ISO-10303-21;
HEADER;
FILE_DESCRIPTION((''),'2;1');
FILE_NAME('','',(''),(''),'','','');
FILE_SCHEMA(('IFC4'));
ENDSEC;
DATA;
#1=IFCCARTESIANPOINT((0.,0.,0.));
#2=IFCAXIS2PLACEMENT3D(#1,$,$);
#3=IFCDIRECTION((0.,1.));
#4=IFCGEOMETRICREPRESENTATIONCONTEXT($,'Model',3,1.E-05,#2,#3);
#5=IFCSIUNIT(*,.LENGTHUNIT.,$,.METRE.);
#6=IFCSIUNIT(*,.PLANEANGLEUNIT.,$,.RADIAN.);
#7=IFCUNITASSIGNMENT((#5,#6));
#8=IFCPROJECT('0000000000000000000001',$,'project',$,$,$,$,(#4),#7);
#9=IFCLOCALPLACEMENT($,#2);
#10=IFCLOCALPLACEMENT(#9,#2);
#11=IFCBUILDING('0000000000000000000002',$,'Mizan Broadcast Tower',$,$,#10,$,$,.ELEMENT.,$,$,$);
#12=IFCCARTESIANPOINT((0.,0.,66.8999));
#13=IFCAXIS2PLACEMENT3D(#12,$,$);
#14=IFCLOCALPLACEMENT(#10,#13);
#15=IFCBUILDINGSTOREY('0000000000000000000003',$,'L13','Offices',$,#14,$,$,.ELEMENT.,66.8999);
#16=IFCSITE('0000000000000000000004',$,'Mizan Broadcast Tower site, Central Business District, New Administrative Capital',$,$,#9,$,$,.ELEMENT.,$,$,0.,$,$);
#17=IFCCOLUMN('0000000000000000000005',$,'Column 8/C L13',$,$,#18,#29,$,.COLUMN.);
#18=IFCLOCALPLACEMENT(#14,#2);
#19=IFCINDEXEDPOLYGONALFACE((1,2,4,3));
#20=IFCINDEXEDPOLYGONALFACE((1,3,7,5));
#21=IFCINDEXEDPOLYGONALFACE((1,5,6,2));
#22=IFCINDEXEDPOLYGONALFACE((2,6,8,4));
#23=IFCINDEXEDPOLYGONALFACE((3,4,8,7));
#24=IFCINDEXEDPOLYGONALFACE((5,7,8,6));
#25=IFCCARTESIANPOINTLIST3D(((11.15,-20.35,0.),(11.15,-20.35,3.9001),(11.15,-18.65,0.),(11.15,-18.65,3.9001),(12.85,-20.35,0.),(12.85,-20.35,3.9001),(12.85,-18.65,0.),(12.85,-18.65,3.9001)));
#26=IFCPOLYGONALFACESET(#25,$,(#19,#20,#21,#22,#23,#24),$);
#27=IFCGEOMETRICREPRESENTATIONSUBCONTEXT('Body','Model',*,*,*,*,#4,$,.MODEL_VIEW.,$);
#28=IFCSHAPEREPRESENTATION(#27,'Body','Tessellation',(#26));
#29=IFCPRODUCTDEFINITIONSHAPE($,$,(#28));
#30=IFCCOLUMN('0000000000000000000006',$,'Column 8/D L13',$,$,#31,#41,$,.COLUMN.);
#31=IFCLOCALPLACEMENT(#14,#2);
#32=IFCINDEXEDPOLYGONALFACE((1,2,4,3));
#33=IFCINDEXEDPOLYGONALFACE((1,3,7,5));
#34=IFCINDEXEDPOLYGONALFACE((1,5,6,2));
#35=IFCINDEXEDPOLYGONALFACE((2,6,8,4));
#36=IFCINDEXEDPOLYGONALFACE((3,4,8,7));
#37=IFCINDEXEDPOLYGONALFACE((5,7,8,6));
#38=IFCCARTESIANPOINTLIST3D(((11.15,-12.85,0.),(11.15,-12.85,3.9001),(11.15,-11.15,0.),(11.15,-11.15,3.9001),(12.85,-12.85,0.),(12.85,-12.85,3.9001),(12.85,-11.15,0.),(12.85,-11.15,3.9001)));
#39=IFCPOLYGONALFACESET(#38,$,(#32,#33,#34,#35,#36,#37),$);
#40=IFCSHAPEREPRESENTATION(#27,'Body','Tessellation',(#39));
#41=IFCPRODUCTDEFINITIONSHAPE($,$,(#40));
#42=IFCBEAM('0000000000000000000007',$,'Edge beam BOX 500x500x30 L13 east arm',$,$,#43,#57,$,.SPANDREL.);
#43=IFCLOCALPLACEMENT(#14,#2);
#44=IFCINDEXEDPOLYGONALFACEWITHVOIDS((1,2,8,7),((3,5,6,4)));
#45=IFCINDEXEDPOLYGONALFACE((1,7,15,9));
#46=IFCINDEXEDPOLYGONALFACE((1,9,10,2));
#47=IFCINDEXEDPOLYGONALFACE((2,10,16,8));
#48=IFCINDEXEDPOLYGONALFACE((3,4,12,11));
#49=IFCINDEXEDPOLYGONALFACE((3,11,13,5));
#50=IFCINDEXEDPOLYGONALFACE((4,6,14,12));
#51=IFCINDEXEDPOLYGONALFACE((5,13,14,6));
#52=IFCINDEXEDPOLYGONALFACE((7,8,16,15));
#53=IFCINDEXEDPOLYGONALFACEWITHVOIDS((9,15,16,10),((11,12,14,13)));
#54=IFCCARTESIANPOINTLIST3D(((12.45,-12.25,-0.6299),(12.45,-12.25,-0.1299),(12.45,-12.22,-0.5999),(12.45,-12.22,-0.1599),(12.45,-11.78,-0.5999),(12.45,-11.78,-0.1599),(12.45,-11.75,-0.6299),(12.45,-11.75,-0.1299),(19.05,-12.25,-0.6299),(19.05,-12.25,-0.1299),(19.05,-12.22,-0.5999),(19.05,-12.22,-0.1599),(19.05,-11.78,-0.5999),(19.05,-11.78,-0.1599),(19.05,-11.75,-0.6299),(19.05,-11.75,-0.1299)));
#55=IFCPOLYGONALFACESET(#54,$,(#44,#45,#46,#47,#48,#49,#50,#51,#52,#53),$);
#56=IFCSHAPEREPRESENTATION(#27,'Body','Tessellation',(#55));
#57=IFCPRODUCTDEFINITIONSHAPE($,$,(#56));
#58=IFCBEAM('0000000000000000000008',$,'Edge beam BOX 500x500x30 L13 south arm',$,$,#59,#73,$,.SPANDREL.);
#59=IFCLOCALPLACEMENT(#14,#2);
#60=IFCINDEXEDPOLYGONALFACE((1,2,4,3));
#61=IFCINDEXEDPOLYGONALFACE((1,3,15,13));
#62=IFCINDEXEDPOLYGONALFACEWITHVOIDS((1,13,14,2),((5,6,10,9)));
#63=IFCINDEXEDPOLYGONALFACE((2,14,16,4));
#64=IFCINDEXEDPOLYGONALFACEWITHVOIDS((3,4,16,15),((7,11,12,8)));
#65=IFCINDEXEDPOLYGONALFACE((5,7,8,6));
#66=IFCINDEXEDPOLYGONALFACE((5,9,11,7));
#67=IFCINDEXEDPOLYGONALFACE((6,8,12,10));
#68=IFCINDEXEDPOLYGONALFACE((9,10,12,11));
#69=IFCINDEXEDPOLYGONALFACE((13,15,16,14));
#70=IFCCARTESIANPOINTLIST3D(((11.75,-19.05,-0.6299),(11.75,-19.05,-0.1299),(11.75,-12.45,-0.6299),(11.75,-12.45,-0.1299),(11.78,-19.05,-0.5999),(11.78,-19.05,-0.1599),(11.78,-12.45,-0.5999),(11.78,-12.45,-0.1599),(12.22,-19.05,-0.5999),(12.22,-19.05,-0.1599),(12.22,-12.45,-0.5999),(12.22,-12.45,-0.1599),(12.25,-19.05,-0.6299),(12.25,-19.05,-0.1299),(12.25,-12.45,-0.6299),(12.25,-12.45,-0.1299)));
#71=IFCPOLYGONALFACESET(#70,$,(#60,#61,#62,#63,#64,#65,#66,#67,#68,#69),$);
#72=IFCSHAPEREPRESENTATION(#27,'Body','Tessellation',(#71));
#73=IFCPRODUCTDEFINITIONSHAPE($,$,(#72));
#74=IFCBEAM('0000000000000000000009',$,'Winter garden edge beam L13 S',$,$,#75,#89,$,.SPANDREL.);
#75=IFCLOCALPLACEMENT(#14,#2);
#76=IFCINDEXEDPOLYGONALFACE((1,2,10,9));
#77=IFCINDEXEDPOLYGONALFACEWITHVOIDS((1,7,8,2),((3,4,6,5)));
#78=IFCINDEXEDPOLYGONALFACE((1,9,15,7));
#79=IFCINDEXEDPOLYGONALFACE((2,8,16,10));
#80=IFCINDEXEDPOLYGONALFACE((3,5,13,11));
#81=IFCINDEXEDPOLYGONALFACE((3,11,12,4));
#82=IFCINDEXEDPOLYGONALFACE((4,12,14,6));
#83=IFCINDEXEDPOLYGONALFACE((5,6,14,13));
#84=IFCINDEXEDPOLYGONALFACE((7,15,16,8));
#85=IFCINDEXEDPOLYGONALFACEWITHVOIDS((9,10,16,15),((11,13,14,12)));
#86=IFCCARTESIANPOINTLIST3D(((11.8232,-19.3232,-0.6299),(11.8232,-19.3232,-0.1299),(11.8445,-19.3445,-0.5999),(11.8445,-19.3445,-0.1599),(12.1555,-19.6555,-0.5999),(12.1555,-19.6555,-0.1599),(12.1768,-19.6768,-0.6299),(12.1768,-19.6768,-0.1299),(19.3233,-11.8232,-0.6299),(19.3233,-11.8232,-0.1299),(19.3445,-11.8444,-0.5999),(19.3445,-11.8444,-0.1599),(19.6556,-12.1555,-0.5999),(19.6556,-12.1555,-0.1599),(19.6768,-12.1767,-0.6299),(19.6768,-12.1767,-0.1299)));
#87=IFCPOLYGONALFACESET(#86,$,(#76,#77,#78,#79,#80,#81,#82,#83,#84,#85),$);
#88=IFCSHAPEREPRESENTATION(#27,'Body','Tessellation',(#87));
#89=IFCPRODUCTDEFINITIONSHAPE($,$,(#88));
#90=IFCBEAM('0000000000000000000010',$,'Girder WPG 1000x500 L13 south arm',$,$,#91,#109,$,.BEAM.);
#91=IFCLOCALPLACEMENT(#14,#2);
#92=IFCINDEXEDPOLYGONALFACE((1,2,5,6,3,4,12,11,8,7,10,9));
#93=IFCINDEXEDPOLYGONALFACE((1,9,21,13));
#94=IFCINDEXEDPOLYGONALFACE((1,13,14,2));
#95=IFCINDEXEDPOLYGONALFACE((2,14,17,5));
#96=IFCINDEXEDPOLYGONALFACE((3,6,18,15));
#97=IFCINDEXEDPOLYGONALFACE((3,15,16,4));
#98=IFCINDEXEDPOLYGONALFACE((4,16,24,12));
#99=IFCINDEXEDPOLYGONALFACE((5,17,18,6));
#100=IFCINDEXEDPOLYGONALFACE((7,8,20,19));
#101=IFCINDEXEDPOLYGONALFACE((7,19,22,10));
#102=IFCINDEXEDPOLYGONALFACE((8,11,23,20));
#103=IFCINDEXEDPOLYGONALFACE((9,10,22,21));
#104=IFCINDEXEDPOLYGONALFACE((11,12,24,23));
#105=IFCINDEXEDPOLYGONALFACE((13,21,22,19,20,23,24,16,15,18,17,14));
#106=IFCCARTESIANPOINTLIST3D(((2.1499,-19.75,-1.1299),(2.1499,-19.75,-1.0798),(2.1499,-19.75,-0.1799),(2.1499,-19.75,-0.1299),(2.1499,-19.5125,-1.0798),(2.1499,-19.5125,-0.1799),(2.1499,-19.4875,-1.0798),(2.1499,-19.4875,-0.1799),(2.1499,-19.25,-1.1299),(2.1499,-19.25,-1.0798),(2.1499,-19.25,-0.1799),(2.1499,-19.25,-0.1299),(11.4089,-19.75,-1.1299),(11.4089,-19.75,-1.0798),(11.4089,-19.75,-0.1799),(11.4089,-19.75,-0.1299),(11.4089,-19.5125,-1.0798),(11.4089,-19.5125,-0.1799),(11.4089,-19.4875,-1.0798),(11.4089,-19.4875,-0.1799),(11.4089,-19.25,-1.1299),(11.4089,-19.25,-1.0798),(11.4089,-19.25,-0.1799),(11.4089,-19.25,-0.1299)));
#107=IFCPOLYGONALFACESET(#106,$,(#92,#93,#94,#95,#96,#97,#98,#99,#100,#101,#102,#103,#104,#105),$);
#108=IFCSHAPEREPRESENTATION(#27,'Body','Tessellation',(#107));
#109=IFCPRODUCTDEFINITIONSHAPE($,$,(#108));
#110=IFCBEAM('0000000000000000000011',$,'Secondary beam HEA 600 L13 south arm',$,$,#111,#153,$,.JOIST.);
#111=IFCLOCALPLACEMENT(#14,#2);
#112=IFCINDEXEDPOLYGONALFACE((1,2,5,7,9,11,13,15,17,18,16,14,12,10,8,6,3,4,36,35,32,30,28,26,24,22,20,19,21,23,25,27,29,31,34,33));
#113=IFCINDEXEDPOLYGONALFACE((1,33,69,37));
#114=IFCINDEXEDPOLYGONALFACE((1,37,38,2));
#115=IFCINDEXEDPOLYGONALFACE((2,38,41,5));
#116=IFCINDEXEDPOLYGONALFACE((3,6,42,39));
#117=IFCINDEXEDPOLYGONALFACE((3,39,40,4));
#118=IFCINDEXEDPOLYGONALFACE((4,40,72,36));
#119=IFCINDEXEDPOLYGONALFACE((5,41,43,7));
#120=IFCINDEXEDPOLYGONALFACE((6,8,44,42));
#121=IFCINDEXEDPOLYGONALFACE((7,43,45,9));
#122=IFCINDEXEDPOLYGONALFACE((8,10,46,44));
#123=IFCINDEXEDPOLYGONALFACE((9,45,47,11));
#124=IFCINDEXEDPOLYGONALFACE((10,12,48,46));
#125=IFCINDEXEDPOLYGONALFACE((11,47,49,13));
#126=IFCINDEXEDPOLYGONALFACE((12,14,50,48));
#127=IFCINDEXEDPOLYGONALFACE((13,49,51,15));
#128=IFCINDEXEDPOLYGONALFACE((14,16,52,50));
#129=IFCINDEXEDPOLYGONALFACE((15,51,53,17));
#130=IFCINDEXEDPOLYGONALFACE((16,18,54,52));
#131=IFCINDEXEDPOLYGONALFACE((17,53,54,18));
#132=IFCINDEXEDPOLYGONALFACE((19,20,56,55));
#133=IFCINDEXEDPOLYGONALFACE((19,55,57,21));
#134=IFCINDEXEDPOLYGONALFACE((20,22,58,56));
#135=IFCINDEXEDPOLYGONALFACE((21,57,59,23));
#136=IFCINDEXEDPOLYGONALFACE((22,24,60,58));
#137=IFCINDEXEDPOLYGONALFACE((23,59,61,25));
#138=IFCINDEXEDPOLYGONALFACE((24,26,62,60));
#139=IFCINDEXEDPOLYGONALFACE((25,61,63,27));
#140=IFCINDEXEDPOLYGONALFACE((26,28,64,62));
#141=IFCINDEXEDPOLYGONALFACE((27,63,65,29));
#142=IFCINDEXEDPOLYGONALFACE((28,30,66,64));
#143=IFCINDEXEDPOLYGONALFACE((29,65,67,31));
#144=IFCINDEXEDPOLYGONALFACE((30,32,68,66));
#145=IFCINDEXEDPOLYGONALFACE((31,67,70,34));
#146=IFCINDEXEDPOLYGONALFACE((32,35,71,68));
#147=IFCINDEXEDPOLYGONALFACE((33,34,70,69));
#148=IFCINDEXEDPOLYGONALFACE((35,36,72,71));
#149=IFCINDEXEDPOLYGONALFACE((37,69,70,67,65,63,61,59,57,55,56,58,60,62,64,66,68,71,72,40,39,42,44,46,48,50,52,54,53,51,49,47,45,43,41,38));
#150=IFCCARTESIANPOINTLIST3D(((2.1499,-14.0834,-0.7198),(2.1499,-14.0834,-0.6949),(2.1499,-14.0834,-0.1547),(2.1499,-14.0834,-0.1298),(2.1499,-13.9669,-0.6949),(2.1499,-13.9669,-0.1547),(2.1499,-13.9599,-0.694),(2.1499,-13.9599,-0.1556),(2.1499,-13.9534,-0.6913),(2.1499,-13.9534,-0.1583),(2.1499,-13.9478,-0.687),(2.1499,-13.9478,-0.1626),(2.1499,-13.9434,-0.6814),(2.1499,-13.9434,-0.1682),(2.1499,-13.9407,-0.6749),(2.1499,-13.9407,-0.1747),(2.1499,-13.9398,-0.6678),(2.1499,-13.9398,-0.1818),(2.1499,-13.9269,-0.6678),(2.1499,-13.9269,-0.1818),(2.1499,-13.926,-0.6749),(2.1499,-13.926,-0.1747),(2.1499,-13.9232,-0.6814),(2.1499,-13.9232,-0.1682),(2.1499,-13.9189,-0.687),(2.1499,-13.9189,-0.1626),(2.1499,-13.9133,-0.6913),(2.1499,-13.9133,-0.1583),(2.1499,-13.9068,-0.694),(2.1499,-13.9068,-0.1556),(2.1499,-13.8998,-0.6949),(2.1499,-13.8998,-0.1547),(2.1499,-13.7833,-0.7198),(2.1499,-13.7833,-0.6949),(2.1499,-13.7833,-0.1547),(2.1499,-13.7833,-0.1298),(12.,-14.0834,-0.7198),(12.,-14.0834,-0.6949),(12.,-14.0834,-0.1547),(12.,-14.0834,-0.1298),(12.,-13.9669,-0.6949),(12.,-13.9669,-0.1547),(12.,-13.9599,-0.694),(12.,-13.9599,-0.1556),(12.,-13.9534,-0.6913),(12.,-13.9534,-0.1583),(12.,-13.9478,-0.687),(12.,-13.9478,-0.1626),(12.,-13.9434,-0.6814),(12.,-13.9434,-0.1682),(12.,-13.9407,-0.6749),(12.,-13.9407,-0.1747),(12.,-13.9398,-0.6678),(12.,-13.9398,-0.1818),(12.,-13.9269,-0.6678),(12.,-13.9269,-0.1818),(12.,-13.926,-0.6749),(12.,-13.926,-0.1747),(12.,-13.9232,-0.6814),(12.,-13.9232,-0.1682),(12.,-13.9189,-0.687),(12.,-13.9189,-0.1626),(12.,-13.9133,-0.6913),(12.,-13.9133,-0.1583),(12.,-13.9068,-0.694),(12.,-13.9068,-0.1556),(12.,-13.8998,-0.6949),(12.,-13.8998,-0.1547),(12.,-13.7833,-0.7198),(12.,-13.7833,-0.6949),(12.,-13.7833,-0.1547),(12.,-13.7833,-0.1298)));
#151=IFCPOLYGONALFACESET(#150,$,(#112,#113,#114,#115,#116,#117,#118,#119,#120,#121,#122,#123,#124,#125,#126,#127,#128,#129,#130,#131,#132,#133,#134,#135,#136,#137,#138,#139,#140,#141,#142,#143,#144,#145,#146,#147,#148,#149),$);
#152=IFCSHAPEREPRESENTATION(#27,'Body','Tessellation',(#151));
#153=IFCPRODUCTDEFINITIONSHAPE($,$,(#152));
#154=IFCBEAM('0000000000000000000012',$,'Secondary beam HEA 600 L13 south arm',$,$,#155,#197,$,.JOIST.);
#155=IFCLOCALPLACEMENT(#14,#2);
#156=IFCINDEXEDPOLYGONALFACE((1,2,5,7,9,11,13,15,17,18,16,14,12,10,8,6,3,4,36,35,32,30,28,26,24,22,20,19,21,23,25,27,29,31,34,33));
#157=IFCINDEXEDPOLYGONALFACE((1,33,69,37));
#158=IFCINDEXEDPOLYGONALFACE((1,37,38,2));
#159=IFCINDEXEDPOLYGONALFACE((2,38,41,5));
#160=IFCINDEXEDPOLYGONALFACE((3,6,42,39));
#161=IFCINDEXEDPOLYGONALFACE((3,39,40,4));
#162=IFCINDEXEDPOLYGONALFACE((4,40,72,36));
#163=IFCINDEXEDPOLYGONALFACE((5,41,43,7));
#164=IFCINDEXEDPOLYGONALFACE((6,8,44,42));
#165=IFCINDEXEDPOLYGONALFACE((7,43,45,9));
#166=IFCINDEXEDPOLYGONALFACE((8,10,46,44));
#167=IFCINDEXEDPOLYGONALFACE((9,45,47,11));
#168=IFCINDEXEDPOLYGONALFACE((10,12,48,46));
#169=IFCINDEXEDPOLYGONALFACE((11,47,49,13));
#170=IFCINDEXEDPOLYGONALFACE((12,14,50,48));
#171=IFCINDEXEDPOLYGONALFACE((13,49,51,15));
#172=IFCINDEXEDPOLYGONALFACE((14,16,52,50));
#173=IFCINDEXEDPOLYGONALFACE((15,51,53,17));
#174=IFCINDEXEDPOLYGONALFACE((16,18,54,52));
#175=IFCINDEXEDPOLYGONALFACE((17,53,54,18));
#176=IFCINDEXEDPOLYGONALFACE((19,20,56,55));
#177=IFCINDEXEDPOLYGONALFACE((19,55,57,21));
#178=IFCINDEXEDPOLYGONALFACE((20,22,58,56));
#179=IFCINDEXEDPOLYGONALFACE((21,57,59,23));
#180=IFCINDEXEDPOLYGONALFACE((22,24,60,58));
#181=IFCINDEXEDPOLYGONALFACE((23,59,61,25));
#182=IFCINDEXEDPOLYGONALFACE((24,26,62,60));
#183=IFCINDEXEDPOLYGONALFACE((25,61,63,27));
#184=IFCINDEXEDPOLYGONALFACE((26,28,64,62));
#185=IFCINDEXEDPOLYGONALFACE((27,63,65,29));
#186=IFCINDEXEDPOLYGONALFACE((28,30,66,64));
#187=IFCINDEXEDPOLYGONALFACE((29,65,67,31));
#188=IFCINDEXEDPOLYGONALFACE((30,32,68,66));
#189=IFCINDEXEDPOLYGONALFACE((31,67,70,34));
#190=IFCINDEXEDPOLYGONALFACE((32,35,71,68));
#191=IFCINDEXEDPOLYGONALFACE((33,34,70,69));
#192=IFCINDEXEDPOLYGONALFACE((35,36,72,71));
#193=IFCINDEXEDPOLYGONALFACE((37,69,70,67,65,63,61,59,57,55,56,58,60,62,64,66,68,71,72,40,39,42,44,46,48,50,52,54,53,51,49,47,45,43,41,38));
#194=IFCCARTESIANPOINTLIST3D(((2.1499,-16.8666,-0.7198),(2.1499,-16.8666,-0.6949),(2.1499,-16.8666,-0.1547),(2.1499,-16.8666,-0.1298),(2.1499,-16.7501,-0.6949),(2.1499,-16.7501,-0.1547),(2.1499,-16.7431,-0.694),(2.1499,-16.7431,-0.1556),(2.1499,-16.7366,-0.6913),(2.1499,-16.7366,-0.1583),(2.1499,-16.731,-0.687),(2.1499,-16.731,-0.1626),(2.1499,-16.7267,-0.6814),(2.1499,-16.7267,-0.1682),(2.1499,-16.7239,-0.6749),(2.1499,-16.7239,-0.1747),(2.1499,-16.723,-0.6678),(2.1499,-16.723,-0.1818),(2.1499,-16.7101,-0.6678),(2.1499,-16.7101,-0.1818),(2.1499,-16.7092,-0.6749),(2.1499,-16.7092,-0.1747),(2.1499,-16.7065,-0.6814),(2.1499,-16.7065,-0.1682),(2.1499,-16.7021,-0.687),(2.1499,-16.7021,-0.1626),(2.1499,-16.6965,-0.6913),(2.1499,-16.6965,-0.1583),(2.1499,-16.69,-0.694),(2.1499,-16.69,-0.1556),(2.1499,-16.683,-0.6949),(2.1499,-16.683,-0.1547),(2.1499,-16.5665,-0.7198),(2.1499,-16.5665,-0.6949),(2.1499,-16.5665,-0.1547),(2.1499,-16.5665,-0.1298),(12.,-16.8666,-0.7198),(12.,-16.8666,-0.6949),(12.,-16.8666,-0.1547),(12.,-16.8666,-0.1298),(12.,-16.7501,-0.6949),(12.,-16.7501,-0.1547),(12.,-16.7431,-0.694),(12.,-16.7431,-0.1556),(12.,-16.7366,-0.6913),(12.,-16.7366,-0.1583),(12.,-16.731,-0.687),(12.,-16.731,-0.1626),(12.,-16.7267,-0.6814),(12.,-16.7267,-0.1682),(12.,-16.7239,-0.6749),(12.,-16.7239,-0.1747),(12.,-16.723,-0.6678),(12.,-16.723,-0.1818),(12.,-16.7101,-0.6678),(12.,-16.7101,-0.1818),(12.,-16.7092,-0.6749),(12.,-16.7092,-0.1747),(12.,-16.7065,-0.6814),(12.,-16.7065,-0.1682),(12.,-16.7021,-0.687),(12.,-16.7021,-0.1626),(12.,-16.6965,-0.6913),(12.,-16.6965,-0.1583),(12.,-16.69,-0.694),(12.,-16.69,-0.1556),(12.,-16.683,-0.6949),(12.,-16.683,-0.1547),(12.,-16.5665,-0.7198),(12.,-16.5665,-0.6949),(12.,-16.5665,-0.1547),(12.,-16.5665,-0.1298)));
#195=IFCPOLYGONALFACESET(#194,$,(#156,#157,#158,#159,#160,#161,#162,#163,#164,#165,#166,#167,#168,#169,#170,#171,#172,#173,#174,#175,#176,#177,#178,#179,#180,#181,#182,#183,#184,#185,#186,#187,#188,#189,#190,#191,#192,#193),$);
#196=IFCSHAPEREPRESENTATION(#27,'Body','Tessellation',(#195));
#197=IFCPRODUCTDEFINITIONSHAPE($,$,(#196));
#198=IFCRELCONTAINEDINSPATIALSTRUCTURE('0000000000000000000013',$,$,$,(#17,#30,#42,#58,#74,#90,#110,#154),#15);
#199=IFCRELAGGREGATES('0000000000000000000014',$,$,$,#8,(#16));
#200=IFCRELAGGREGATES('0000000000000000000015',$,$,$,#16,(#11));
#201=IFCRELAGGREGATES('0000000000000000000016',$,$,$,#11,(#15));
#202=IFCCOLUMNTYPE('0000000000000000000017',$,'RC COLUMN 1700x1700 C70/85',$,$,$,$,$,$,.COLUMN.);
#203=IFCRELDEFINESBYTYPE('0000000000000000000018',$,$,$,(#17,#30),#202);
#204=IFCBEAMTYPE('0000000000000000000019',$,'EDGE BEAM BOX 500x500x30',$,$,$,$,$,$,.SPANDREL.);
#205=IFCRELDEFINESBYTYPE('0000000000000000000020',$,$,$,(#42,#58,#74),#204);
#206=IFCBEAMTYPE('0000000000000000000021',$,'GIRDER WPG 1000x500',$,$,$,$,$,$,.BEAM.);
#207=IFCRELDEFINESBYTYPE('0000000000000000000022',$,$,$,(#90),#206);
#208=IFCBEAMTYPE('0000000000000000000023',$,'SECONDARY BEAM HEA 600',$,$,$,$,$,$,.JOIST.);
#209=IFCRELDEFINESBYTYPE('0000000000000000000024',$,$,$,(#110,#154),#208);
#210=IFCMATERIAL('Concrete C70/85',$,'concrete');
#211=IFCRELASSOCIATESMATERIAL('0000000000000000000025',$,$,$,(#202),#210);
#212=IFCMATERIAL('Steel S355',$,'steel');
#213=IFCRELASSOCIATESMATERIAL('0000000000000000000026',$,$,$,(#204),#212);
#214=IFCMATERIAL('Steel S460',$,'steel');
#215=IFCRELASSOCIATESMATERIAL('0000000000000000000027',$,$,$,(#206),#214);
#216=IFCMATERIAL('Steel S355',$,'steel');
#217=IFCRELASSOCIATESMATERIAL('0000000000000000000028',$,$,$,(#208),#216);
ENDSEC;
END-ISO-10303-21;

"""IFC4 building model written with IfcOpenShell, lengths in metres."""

from ifc_helpers import new_model, si_unit, direction, frame, origin, origin_2d, place, context, subcontext, project, spatial, rectangle, hollow_rectangle, i_section, extrude, material, material_profile, profile_set, type_object, element, save


model = new_model("IFC4")

# Units and contexts
model_context = context("Model", 3, precision=1e-05, world=origin(), true_north=direction((0.0, 1.0)))
body_context = subcontext(model_context, "Body", "Model", "MODEL_VIEW")
ifc_project = project(units=[si_unit("LENGTHUNIT", "METRE"), si_unit("PLANEANGLEUNIT", "RADIAN")], contexts=[model_context])

# Site, building, storey
site_placement = place(None, origin())
site = spatial("IfcSite", under=ifc_project, at=site_placement, Name="Mizan Broadcast Tower site, Central Business District, New Administrative Capital", CompositionType="ELEMENT", RefElevation=0.0)
building_placement = place(site_placement, origin())
building = spatial("IfcBuilding", under=site, at=building_placement, Name="Mizan Broadcast Tower", CompositionType="ELEMENT")
storey_placement = place(building_placement, frame((0.0, 0.0, 66.8999)))
storey = spatial("IfcBuildingStorey", under=building, at=storey_placement, Name="L13", Description="Offices", CompositionType="ELEMENT", Elevation=66.8999)

# Columns
ifc_material_1 = material(Name="Concrete C70/85", Category="concrete")
ifc_material_profile_1 = material_profile(ifc_material_1, rectangle(XDim=1.7, YDim=1.7, at=origin_2d()), Name="RC 1700x1700")
ifc_profile_set_1 = profile_set([ifc_material_profile_1], Name="Concrete C70/85")
column_type = type_object("IfcColumnType", Name="RC COLUMN 1700x1700 C70/85", PredefinedType="COLUMN", material=ifc_profile_set_1)
for number, where, z_axis, x_axis, name in (
    (1, (12.0, -19.5, 0.0), (0.0, 0.0, 1.0), (1.0, 0.0, 0.0), "Column 8/C L13"),
    (2, (12.0, -12.0, 0.0), (0.0, 0.0, 1.0), (1.0, 0.0, 0.0), "Column 8/D L13"),
):
    element("IfcColumn", number, at=place(storey_placement, frame(where, z_axis=z_axis, x_axis=x_axis)), inside=storey, type_object=column_type, Name=name, PredefinedType="COLUMN", context=body_context, shape_type="SweptSolid", body=[
        extrude(rectangle(XDim=1.7, YDim=1.7, at=origin_2d()), origin(), (0.0, 0.0, 1.0), 3.9001),
    ])

# Beams
ifc_material_2 = material(Name="Steel S355", Category="steel")
ifc_material_profile_2 = material_profile(ifc_material_2, hollow_rectangle(XDim=0.5, YDim=0.5, WallThickness=0.03, at=origin_2d()), Name="BOX 500x500x30")
ifc_profile_set_2 = profile_set([ifc_material_profile_2], Name="Steel S355")
beam_type_1 = type_object("IfcBeamType", Name="EDGE BEAM BOX 500x500x30", PredefinedType="SPANDREL", material=ifc_profile_set_2)
for number, where, z_axis, x_axis, name in (
    (3, (12.45, -12.0, -0.3799), (1.0, 0.0, 0.0), (0.0, 1.0, 0.0), "Edge beam BOX 500x500x30 L13 east arm"),
    (4, (12.0, -12.45, -0.3799), (0.0, -1.0, 0.0), (1.0, 0.0, 0.0), "Edge beam BOX 500x500x30 L13 south arm"),
):
    element("IfcBeam", number, at=place(storey_placement, frame(where, z_axis=z_axis, x_axis=x_axis)), inside=storey, type_object=beam_type_1, Name=name, PredefinedType="SPANDREL", context=body_context, shape_type="SweptSolid", body=[
        extrude(hollow_rectangle(XDim=0.5, YDim=0.5, WallThickness=0.03, at=origin_2d()), origin(), (0.0, 0.0, 1.0), 6.6001),
    ])
beam_1_placement = place(storey_placement, frame((12.0, -19.5, -0.3799), z_axis=(0.707107, 0.707107, 0.0), x_axis=(-0.707107, 0.707107, 0.0)))
element("IfcBeam", 5, at=beam_1_placement, inside=storey, type_object=beam_type_1, Name="Winter garden edge beam L13 S", PredefinedType="SPANDREL", context=body_context, shape_type="SweptSolid", body=[
    extrude(hollow_rectangle(XDim=0.5, YDim=0.5, WallThickness=0.03, at=origin_2d()), origin(), (0.0, 0.0, 1.0), 10.6067),
])
ifc_material_3 = material(Name="Steel S460", Category="steel")
ifc_material_profile_3 = material_profile(ifc_material_3, i_section(OverallWidth=0.5, OverallDepth=1.0, WebThickness=0.0249, FlangeThickness=0.05, at=origin_2d()), Name="WPG 1000x500")
ifc_profile_set_3 = profile_set([ifc_material_profile_3], Name="Steel S460")
beam_type_2 = type_object("IfcBeamType", Name="GIRDER WPG 1000x500", PredefinedType="BEAM", material=ifc_profile_set_3)
beam_2_placement = place(storey_placement, frame((11.4089, -19.5, -0.6299), z_axis=(-1.0, 0.0, 0.0), x_axis=(0.0, -1.0, 0.0)))
element("IfcBeam", 6, at=beam_2_placement, inside=storey, type_object=beam_type_2, Name="Girder WPG 1000x500 L13 south arm", PredefinedType="BEAM", context=body_context, shape_type="SweptSolid", body=[
    extrude(i_section(OverallWidth=0.5, OverallDepth=1.0, WebThickness=0.0249, FlangeThickness=0.05, at=origin_2d()), origin(), (0.0, 0.0, 1.0), 9.259),
])
ifc_material_4 = material(Name="Steel S355", Category="steel")
ifc_material_profile_4 = material_profile(ifc_material_4, i_section(OverallWidth=0.3, OverallDepth=0.5901, WebThickness=0.0129, FlangeThickness=0.0249, FilletRadius=0.0271, at=origin_2d()), Name="HEA 600")
ifc_profile_set_4 = profile_set([ifc_material_profile_4], Name="Steel S355")
beam_type_3 = type_object("IfcBeamType", Name="SECONDARY BEAM HEA 600", PredefinedType="JOIST", material=ifc_profile_set_4)
for number, where, z_axis, x_axis, name in (
    (7, (12.0, -13.9333, -0.4248), (-1.0, 0.0, 0.0), (0.0, -1.0, 0.0), "Secondary beam HEA 600 L13 south arm"),
    (8, (12.0, -16.7166, -0.4248), (-1.0, 0.0, 0.0), (0.0, -1.0, 0.0), "Secondary beam HEA 600 L13 south arm"),
):
    element("IfcBeam", number, at=place(storey_placement, frame(where, z_axis=z_axis, x_axis=x_axis)), inside=storey, type_object=beam_type_3, Name=name, PredefinedType="JOIST", context=body_context, shape_type="SweptSolid", body=[
        extrude(i_section(OverallWidth=0.3, OverallDepth=0.5901, WebThickness=0.0129, FlangeThickness=0.0249, FilletRadius=0.0271, at=origin_2d()), origin(), (0.0, 0.0, 1.0), 9.8501),
    ])

save(model, "model.ifc")
